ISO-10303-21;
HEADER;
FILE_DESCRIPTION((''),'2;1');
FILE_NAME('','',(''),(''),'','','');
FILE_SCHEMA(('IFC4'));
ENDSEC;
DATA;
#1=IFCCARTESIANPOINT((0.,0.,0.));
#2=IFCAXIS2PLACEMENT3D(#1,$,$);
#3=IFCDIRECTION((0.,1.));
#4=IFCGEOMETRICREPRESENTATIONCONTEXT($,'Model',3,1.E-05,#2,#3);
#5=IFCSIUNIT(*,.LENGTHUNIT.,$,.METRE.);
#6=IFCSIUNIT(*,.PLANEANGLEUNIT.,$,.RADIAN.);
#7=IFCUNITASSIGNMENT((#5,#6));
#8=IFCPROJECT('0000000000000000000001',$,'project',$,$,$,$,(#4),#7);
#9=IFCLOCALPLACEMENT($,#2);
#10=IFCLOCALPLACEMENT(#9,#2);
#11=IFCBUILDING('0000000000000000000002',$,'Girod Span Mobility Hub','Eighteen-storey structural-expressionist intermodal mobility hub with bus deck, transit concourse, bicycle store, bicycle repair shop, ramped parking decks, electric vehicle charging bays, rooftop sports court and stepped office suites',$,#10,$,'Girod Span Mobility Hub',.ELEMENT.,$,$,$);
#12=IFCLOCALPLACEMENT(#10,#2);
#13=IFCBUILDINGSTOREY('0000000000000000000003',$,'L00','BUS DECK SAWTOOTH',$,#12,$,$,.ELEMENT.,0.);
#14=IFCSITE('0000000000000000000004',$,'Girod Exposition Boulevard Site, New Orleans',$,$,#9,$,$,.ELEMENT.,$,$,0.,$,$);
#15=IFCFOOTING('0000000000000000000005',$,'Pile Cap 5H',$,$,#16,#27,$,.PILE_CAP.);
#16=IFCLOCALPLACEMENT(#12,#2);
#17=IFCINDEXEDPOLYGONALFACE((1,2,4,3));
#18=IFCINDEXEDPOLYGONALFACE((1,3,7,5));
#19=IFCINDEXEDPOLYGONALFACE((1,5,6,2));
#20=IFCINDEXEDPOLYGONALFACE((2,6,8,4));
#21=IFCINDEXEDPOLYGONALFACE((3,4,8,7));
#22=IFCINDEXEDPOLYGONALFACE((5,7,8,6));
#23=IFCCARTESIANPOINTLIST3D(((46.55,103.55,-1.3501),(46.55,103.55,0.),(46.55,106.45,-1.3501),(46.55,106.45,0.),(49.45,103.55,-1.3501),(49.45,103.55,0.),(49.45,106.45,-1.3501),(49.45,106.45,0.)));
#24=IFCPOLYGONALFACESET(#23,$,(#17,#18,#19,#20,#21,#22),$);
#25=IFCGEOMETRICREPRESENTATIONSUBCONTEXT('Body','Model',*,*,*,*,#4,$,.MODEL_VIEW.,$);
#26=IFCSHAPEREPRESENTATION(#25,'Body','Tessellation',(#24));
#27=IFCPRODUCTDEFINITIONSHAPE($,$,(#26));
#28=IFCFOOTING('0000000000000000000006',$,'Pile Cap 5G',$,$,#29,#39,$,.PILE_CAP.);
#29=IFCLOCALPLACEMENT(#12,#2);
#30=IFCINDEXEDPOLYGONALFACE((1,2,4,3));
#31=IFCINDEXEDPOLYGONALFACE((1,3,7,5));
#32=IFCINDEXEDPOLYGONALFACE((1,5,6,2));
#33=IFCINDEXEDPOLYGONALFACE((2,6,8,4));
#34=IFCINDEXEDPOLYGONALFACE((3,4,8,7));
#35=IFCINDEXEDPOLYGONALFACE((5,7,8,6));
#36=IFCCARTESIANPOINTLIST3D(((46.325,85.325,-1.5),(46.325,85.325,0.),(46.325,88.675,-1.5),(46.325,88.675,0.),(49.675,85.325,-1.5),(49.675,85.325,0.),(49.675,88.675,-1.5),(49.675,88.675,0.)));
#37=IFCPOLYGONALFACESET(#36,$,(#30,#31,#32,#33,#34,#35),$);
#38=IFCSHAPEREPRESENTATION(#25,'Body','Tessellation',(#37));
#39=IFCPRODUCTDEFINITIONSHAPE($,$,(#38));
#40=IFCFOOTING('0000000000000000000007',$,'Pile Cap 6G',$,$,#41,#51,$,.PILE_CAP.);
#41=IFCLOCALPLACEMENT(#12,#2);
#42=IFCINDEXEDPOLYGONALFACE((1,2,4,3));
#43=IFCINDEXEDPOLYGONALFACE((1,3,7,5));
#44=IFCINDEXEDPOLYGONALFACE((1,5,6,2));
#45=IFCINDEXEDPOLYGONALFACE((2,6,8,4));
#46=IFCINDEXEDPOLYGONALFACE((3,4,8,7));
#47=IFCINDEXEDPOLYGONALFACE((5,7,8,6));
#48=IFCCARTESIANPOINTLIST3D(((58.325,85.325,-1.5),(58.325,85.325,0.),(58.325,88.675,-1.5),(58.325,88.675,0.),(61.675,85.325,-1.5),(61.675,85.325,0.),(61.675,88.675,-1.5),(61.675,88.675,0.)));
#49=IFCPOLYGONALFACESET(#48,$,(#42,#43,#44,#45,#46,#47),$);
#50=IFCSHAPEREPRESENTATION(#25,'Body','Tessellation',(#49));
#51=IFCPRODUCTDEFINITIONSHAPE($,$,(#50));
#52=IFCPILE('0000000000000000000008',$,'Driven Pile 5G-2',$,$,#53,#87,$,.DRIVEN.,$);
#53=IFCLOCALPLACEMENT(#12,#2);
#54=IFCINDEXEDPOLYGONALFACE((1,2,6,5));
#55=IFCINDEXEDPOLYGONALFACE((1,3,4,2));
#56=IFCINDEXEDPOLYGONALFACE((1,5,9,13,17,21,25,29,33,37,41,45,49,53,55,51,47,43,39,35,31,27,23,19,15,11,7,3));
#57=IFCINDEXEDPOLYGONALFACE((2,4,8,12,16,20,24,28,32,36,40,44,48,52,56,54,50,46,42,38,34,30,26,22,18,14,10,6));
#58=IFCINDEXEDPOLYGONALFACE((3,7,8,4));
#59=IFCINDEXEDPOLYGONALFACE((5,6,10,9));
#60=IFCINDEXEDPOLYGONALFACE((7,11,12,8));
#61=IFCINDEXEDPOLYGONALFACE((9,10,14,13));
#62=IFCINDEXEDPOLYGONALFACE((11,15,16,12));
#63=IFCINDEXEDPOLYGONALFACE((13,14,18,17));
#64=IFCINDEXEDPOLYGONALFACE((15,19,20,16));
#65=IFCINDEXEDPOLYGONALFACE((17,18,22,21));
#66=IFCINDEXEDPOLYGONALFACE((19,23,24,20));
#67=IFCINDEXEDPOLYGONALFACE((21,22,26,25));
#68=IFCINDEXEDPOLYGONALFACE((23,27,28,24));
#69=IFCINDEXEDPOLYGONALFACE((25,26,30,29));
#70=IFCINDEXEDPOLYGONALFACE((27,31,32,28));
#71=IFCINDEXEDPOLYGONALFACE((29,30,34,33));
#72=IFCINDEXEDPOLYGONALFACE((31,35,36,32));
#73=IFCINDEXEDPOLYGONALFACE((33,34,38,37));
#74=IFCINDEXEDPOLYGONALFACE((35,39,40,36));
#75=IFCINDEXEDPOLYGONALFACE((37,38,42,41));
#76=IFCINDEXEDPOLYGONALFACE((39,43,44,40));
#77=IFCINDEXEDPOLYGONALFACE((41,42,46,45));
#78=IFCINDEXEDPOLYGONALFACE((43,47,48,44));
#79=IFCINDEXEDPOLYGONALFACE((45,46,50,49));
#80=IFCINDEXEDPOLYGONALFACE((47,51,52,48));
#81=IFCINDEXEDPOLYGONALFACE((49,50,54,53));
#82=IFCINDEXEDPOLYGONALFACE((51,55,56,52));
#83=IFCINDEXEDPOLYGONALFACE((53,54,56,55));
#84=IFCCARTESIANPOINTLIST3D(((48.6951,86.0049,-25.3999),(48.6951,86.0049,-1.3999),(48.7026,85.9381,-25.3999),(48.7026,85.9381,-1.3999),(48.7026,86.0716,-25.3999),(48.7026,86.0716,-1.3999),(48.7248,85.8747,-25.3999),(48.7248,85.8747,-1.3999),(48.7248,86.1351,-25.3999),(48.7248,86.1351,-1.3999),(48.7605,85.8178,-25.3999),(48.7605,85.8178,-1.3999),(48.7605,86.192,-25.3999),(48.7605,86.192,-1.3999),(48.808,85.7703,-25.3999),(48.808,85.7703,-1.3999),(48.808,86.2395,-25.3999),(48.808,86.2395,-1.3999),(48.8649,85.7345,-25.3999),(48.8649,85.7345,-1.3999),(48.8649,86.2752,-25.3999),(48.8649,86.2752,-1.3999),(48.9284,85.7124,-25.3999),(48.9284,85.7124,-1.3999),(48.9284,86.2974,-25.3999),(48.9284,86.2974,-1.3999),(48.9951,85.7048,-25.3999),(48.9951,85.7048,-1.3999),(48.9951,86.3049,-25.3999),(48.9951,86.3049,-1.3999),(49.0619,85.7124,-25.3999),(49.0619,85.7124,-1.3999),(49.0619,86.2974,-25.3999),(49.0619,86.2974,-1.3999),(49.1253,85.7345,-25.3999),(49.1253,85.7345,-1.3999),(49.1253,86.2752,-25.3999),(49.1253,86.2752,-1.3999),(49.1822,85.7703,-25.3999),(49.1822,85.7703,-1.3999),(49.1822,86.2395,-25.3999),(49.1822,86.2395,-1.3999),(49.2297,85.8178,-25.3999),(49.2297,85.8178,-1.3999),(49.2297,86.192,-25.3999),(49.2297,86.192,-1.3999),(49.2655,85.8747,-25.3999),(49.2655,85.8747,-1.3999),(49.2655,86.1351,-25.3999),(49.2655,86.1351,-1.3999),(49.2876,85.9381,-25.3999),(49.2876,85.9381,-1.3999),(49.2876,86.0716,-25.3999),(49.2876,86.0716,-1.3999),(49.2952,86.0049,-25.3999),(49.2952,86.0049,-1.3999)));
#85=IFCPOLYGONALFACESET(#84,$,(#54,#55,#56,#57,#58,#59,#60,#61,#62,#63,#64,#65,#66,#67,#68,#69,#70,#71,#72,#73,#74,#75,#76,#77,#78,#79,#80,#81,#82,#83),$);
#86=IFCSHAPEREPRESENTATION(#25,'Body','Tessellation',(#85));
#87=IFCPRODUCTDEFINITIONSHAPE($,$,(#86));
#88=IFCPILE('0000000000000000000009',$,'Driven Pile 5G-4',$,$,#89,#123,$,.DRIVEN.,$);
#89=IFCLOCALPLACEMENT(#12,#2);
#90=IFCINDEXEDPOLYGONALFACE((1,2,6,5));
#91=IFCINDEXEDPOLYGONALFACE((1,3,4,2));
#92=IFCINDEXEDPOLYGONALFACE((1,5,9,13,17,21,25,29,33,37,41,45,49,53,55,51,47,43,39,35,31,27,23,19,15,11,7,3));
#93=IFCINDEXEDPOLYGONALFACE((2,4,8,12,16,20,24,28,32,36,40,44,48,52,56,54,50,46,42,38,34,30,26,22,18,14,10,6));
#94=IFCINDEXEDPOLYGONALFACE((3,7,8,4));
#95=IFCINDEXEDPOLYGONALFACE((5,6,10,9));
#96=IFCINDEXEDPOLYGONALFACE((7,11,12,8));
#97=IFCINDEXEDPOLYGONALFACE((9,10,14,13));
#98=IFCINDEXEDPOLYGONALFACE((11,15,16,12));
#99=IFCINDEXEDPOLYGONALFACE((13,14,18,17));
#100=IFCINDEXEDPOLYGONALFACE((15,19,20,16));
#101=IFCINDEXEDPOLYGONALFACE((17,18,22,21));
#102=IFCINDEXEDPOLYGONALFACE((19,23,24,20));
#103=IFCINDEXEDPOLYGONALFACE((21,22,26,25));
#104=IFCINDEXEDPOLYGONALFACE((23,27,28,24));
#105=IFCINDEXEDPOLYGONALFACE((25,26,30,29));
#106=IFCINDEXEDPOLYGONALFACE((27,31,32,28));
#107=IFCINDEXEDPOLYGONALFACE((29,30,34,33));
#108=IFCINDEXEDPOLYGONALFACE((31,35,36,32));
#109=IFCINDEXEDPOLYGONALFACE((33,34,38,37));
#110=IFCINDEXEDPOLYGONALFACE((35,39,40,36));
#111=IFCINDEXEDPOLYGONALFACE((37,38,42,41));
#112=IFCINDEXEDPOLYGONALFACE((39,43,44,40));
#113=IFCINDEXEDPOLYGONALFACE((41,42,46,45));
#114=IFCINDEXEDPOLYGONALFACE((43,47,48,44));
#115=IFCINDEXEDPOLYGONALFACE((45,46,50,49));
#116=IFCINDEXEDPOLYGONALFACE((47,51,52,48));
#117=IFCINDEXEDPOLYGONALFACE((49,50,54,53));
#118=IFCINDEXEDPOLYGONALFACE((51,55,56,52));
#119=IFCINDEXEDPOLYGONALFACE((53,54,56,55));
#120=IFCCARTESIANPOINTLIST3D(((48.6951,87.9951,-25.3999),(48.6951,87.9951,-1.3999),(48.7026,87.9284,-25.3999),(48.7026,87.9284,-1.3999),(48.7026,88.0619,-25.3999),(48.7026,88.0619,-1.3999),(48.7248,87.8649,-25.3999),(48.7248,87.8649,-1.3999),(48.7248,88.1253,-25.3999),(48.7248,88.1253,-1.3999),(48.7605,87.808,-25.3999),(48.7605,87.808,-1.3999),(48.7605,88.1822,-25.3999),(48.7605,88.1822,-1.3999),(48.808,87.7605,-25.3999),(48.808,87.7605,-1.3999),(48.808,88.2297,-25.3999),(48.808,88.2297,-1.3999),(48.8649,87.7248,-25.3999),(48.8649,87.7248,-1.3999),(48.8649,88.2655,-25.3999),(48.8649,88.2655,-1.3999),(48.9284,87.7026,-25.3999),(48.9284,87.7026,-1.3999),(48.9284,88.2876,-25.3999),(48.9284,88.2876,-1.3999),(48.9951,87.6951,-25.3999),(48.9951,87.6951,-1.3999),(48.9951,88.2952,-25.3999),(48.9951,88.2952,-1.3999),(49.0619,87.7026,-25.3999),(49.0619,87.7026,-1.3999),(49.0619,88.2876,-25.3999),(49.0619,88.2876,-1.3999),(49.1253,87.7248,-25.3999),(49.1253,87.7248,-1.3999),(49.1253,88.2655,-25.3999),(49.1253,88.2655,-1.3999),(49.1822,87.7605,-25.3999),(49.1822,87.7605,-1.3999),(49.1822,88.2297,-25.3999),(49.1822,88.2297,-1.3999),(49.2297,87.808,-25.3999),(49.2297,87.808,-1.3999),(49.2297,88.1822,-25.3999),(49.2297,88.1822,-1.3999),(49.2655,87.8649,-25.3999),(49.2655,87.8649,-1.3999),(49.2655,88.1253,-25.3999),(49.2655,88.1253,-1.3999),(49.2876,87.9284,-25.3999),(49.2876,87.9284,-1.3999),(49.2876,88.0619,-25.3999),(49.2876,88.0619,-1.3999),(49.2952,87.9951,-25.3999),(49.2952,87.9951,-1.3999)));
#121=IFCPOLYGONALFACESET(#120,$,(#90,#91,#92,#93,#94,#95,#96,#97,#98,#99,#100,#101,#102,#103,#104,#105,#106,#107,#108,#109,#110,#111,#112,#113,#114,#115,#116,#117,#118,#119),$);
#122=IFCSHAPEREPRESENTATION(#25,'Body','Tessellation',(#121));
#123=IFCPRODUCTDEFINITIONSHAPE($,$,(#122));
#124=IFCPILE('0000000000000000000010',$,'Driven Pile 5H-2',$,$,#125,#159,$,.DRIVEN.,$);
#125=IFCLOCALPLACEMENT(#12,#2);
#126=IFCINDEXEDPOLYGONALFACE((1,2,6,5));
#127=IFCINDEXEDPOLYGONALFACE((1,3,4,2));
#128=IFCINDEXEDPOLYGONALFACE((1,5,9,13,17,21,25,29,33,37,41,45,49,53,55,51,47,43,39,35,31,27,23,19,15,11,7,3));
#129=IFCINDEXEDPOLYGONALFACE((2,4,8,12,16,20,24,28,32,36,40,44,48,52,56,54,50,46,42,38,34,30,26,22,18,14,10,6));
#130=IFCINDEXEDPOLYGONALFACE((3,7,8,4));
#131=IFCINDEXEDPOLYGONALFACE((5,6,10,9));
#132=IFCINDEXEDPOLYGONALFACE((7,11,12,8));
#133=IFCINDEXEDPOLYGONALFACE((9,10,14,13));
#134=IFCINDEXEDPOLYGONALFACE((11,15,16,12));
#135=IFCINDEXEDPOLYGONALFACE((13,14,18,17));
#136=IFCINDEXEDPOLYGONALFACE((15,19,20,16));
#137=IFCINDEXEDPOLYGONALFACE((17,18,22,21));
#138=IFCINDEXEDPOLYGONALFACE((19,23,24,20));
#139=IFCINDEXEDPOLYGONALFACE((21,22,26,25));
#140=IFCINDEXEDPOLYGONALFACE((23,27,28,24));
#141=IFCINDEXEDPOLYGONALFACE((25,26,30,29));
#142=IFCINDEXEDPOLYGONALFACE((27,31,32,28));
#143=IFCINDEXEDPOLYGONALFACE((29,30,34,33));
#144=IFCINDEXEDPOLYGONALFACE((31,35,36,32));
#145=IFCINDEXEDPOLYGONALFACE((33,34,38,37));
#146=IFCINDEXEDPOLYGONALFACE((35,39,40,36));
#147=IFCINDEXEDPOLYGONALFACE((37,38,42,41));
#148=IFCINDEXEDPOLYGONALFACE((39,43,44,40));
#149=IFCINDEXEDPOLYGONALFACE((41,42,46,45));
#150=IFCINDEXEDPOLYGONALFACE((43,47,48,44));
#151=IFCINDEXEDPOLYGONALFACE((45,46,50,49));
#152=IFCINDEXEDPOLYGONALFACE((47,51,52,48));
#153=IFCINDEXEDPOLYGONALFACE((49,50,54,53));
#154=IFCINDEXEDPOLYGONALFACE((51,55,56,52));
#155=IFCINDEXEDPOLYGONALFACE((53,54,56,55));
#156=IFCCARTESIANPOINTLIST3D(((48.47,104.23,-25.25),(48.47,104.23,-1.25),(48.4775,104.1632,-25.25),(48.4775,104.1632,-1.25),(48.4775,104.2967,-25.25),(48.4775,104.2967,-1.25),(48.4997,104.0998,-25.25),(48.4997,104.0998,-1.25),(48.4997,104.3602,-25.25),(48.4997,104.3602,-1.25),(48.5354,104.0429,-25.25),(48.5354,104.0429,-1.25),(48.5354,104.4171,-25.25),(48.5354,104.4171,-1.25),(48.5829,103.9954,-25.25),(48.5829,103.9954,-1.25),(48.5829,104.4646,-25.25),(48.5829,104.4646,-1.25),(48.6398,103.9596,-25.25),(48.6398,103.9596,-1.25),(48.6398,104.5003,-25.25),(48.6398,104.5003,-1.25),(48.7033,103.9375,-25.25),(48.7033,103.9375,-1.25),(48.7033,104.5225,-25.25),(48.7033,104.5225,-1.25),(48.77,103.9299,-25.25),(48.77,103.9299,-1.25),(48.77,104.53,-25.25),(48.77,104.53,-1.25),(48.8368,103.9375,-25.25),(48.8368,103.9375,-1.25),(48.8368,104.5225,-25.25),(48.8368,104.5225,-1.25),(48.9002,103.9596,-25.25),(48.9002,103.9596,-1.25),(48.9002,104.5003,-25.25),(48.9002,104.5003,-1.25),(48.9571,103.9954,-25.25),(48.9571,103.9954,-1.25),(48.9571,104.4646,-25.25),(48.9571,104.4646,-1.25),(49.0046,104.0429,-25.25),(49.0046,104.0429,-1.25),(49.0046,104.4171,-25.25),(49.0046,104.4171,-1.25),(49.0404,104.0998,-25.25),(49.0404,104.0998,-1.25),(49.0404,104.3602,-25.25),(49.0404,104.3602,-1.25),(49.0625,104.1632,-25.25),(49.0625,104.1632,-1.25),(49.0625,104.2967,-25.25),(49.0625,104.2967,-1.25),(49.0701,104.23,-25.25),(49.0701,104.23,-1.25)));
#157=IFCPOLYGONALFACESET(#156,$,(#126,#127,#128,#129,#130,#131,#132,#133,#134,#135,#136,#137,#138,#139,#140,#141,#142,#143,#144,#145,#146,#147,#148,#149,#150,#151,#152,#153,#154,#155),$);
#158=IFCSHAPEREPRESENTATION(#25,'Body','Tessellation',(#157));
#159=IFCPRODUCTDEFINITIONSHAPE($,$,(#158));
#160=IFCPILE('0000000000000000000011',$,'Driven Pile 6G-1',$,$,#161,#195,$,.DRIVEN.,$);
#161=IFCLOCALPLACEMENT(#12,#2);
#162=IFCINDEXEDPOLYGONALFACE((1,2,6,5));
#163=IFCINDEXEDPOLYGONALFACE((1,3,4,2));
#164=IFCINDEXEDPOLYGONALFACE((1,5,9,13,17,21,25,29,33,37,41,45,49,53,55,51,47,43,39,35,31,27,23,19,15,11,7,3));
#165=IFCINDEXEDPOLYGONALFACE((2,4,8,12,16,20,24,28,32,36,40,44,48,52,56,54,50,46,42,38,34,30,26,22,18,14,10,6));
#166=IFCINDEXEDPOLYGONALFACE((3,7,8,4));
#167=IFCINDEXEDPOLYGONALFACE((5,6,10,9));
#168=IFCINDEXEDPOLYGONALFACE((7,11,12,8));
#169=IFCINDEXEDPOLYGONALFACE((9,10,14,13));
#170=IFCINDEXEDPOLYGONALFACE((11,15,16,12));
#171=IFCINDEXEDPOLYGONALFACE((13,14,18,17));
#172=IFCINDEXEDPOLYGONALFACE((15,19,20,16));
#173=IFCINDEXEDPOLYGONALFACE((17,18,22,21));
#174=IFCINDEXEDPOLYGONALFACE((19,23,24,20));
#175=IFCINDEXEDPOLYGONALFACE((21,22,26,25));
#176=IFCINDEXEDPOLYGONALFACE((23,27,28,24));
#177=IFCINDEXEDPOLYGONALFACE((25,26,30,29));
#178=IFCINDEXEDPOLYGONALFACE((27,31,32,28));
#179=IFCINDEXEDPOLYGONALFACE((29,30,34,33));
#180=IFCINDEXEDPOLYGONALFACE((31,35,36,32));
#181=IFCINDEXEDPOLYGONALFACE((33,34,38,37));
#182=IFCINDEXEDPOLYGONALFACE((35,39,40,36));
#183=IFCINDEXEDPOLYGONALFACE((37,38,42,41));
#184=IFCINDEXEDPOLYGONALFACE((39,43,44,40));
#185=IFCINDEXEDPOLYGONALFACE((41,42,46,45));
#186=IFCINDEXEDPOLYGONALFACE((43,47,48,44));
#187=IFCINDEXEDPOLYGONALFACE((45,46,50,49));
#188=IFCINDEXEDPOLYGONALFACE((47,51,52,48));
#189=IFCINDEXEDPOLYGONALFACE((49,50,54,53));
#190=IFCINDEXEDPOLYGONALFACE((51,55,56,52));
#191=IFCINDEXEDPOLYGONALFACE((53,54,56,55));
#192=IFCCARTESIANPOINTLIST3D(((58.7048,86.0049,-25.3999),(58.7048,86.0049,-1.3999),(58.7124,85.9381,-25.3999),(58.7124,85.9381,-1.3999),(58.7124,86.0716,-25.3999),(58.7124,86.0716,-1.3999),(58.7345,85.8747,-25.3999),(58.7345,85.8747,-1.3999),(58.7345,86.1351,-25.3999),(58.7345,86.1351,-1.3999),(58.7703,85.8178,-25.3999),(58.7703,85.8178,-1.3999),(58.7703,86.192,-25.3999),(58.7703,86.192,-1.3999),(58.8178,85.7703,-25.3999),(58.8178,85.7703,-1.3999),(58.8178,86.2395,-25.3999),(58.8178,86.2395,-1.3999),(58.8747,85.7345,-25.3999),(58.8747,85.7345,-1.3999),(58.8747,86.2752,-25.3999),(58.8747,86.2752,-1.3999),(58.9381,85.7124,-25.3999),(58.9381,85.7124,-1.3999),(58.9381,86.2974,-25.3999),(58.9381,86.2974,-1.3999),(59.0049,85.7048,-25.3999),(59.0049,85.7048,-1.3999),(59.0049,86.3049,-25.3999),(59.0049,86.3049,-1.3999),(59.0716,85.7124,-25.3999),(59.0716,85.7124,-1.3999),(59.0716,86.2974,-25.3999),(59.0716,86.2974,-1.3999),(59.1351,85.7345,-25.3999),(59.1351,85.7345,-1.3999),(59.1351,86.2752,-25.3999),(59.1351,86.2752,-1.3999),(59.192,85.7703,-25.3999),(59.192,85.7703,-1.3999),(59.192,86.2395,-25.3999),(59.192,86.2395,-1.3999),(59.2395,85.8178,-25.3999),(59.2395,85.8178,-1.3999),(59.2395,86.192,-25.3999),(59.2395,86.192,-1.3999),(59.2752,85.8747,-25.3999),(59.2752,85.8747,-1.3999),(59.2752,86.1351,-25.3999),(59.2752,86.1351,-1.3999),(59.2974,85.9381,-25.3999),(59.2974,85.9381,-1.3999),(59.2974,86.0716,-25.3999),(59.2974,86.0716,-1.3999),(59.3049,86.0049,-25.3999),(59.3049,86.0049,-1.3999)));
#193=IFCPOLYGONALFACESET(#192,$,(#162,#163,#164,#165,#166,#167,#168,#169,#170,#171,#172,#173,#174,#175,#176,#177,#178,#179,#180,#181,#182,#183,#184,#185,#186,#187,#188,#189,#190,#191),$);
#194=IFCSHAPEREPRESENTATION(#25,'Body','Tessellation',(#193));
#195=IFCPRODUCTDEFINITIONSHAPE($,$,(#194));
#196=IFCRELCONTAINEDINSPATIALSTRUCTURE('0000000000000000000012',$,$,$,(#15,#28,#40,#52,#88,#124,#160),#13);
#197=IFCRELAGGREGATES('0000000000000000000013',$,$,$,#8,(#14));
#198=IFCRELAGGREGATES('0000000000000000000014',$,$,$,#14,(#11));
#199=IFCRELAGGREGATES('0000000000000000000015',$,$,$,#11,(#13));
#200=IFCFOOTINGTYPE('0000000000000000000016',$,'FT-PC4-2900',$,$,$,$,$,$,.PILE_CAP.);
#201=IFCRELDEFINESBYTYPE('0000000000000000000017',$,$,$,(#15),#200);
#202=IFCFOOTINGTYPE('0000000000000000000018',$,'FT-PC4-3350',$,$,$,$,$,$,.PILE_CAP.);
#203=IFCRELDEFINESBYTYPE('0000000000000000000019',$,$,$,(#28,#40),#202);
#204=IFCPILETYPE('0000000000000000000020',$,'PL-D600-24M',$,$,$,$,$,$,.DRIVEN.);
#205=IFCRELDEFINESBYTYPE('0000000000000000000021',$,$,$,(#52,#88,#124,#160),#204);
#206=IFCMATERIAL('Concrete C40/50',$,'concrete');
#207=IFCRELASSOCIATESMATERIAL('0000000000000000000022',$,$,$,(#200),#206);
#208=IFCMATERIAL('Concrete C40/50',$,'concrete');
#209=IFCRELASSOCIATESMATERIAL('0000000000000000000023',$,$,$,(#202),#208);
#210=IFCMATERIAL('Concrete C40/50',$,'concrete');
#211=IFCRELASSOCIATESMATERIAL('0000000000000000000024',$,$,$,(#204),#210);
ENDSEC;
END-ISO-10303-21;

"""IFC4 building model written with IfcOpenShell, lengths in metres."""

from ifc_helpers import new_model, si_unit, direction, frame, origin, origin_2d, place, context, subcontext, project, spatial, rectangle, circle, extrude, material, material_profile, profile_set, type_object, element, save


model = new_model("IFC4")

# Units and contexts
model_context = context("Model", 3, precision=1e-05, world=origin(), true_north=direction((0.0, 1.0)))
body_context = subcontext(model_context, "Body", "Model", "MODEL_VIEW")
ifc_project = project(units=[si_unit("LENGTHUNIT", "METRE"), si_unit("PLANEANGLEUNIT", "RADIAN")], contexts=[model_context])

# Site, building, storey
site_placement = place(None, origin())
site = spatial("IfcSite", under=ifc_project, at=site_placement, Name="Girod Exposition Boulevard Site, New Orleans", CompositionType="ELEMENT", RefElevation=0.0)
building_placement = place(site_placement, origin())
building = spatial("IfcBuilding", under=site, at=building_placement, Name="Girod Span Mobility Hub", Description="Eighteen-storey structural-expressionist intermodal mobility hub with bus deck, transit concourse, bicycle store, bicycle repair shop, ramped parking decks, electric vehicle charging bays, rooftop sports court and stepped office suites", LongName="Girod Span Mobility Hub", CompositionType="ELEMENT")
storey_placement = place(building_placement, origin())
storey = spatial("IfcBuildingStorey", under=building, at=storey_placement, Name="L00", Description="BUS DECK SAWTOOTH", CompositionType="ELEMENT", Elevation=0.0)

# Footings
ifc_material_1 = material(Name="Concrete C40/50", Category="concrete")
footing_type_1 = type_object("IfcFootingType", Name="FT-PC4-2900", PredefinedType="PILE_CAP", material=ifc_material_1)
footing_placement = place(storey_placement, frame((48.0, 105.0, -1.3501), z_axis=(0.0, 0.0, 1.0), x_axis=(1.0, 0.0, 0.0)))
element("IfcFooting", 1, at=footing_placement, inside=storey, type_object=footing_type_1, Name="Pile Cap 5H", PredefinedType="PILE_CAP", context=body_context, shape_type="SweptSolid", body=[
    extrude(rectangle(XDim=2.8999, YDim=2.8999, at=origin_2d()), origin(), (0.0, 0.0, 1.0), 1.3501),
])
ifc_material_2 = material(Name="Concrete C40/50", Category="concrete")
footing_type_2 = type_object("IfcFootingType", Name="FT-PC4-3350", PredefinedType="PILE_CAP", material=ifc_material_2)
for number, where, z_axis, x_axis, name in (
    (2, (48.0, 87.0, -1.5), (0.0, 0.0, 1.0), (1.0, 0.0, 0.0), "Pile Cap 5G"),
    (3, (60.0, 87.0, -1.5), (0.0, 0.0, 1.0), (1.0, 0.0, 0.0), "Pile Cap 6G"),
):
    element("IfcFooting", number, at=place(storey_placement, frame(where, z_axis=z_axis, x_axis=x_axis)), inside=storey, type_object=footing_type_2, Name=name, PredefinedType="PILE_CAP", context=body_context, shape_type="SweptSolid", body=[
        extrude(rectangle(XDim=3.3501, YDim=3.3501, at=origin_2d()), origin(), (0.0, 0.0, 1.0), 1.5),
    ])

# Piles
ifc_material_3 = material(Name="Concrete C40/50", Category="concrete")
ifc_material_profile_1 = material_profile(ifc_material_3, circle(Radius=0.3, at=origin_2d()), Name="PILE-D600")
ifc_profile_set_1 = profile_set([ifc_material_profile_1], Name="Concrete C40/50")
pile_type = type_object("IfcPileType", Name="PL-D600-24M", PredefinedType="DRIVEN", material=ifc_profile_set_1)
for number, where, z_axis, x_axis, name in (
    (4, (48.9951, 86.0049, -1.3999), (0.0, 0.0, -1.0), (1.0, 0.0, 0.0), "Driven Pile 5G-2"),
    (5, (48.9951, 87.9951, -1.3999), (0.0, 0.0, -1.0), (1.0, 0.0, 0.0), "Driven Pile 5G-4"),
    (6, (48.77, 104.23, -1.25), (0.0, 0.0, -1.0), (1.0, 0.0, 0.0), "Driven Pile 5H-2"),
    (7, (59.0049, 86.0049, -1.3999), (0.0, 0.0, -1.0), (1.0, 0.0, 0.0), "Driven Pile 6G-1"),
):
    element("IfcPile", number, at=place(storey_placement, frame(where, z_axis=z_axis, x_axis=x_axis)), inside=storey, type_object=pile_type, Name=name, PredefinedType="DRIVEN", context=body_context, shape_type="SweptSolid", body=[
        extrude(circle(Radius=0.3, at=origin_2d()), origin(), (0.0, 0.0, 1.0), 24.0),
    ])

save(model, "model.ifc")
